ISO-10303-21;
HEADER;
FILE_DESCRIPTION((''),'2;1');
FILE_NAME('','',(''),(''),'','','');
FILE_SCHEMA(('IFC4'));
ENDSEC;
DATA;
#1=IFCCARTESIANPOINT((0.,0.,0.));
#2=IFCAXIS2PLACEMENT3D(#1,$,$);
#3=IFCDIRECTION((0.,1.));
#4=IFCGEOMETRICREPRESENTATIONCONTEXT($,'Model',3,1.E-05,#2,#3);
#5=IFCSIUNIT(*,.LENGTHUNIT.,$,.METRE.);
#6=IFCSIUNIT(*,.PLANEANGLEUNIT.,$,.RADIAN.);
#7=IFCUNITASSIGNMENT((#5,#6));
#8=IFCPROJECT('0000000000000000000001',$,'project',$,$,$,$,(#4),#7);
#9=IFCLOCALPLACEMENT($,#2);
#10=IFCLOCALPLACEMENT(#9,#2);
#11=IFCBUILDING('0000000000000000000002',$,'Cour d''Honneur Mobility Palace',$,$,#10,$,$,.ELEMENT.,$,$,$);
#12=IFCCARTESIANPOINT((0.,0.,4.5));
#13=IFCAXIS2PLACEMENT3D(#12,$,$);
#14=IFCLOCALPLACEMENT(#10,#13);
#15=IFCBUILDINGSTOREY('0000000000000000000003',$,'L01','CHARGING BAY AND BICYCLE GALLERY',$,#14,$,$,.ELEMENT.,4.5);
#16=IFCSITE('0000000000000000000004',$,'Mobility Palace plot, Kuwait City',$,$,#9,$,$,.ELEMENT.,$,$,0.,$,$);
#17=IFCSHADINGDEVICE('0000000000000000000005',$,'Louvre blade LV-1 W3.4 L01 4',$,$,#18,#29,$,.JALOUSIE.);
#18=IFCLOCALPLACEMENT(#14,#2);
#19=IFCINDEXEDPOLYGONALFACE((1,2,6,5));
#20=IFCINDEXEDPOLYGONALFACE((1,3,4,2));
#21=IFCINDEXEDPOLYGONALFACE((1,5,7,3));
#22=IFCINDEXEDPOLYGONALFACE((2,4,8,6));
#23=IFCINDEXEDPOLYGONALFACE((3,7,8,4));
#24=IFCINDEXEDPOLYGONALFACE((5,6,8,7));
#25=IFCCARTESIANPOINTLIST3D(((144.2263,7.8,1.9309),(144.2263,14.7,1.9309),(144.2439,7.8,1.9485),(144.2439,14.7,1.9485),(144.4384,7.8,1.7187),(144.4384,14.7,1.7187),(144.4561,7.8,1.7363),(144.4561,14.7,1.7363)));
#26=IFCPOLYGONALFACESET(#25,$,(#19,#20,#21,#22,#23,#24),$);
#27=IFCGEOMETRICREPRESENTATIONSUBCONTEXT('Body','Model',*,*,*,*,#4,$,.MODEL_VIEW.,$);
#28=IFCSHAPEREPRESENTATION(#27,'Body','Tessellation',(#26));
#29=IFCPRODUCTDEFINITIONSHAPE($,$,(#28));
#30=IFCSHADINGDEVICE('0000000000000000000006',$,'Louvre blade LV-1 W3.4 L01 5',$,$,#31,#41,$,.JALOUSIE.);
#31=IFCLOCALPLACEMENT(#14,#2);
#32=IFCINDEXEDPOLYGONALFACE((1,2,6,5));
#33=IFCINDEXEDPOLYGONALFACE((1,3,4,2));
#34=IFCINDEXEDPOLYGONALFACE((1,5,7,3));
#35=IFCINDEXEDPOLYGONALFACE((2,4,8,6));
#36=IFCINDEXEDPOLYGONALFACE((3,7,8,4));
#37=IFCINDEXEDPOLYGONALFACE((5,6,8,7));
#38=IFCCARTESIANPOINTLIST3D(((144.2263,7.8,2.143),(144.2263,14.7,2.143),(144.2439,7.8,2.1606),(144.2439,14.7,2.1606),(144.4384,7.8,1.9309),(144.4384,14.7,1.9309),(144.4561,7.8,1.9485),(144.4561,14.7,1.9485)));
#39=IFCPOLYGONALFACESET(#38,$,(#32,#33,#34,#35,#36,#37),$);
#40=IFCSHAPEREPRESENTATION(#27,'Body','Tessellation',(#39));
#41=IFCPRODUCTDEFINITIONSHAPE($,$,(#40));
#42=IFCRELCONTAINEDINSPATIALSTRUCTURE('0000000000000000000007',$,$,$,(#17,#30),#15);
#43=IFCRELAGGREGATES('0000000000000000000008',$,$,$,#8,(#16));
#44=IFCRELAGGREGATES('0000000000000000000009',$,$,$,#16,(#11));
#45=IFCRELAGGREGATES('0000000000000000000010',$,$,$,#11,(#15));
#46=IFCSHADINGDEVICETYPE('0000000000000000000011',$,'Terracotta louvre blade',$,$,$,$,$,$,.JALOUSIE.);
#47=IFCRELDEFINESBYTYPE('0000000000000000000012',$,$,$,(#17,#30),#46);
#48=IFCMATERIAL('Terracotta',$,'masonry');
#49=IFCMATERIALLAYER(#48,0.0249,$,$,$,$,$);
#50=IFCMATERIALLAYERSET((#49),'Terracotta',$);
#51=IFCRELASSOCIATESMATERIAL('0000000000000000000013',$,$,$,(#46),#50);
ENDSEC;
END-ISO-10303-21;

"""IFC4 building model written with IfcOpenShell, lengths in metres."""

from ifc_helpers import new_model, si_unit, direction, frame, origin, place, context, subcontext, project, spatial, polyline, outline, extrude, material, layer, layer_set, type_object, element, save


model = new_model("IFC4")

# Units and contexts
model_context = context("Model", 3, precision=1e-05, world=origin(), true_north=direction((0.0, 1.0)))
body_context = subcontext(model_context, "Body", "Model", "MODEL_VIEW")
ifc_project = project(units=[si_unit("LENGTHUNIT", "METRE"), si_unit("PLANEANGLEUNIT", "RADIAN")], contexts=[model_context])

# Site, building, storey
site_placement = place(None, origin())
site = spatial("IfcSite", under=ifc_project, at=site_placement, Name="Mobility Palace plot, Kuwait City", CompositionType="ELEMENT", RefElevation=0.0)
building_placement = place(site_placement, origin())
building = spatial("IfcBuilding", under=site, at=building_placement, Name="Cour d'Honneur Mobility Palace", CompositionType="ELEMENT")
storey_placement = place(building_placement, frame((0.0, 0.0, 4.5)))
storey = spatial("IfcBuildingStorey", under=building, at=storey_placement, Name="L01", Description="CHARGING BAY AND BICYCLE GALLERY", CompositionType="ELEMENT", Elevation=4.5)

# Shading devices
ifc_material_1 = material(Name="Terracotta", Category="masonry")
ifc_layer_1 = layer(ifc_material_1, 0.0249)
ifc_layer_set_1 = layer_set([ifc_layer_1], Name="Terracotta")
shading_device_type = type_object("IfcShadingDeviceType", Name="Terracotta louvre blade", PredefinedType="JALOUSIE", material=ifc_layer_set_1)
for number, where, z_axis, x_axis, name in (
    (1, (144.4561, 14.7, 1.7363), (0.707107, 0.0, 0.707107), (0.0, -1.0, 0.0), "Louvre blade LV-1 W3.4 L01 4"),
    (2, (144.4561, 14.7, 1.9485), (0.707107, 0.0, 0.707107), (0.0, -1.0, 0.0), "Louvre blade LV-1 W3.4 L01 5"),
):
    element("IfcShadingDevice", number, at=place(storey_placement, frame(where, z_axis=z_axis, x_axis=x_axis)), inside=storey, type_object=shading_device_type, Name=name, PredefinedType="JALOUSIE", context=body_context, shape_type="SweptSolid", body=[
        extrude(outline(polyline([(0.0, 0.0), (6.8999, 0.0), (6.8999, -0.3), (0.0, -0.3), (0.0, 0.0)])), origin(), (0.0, 0.0, -1.0), 0.0249),
    ])

save(model, "model.ifc")
